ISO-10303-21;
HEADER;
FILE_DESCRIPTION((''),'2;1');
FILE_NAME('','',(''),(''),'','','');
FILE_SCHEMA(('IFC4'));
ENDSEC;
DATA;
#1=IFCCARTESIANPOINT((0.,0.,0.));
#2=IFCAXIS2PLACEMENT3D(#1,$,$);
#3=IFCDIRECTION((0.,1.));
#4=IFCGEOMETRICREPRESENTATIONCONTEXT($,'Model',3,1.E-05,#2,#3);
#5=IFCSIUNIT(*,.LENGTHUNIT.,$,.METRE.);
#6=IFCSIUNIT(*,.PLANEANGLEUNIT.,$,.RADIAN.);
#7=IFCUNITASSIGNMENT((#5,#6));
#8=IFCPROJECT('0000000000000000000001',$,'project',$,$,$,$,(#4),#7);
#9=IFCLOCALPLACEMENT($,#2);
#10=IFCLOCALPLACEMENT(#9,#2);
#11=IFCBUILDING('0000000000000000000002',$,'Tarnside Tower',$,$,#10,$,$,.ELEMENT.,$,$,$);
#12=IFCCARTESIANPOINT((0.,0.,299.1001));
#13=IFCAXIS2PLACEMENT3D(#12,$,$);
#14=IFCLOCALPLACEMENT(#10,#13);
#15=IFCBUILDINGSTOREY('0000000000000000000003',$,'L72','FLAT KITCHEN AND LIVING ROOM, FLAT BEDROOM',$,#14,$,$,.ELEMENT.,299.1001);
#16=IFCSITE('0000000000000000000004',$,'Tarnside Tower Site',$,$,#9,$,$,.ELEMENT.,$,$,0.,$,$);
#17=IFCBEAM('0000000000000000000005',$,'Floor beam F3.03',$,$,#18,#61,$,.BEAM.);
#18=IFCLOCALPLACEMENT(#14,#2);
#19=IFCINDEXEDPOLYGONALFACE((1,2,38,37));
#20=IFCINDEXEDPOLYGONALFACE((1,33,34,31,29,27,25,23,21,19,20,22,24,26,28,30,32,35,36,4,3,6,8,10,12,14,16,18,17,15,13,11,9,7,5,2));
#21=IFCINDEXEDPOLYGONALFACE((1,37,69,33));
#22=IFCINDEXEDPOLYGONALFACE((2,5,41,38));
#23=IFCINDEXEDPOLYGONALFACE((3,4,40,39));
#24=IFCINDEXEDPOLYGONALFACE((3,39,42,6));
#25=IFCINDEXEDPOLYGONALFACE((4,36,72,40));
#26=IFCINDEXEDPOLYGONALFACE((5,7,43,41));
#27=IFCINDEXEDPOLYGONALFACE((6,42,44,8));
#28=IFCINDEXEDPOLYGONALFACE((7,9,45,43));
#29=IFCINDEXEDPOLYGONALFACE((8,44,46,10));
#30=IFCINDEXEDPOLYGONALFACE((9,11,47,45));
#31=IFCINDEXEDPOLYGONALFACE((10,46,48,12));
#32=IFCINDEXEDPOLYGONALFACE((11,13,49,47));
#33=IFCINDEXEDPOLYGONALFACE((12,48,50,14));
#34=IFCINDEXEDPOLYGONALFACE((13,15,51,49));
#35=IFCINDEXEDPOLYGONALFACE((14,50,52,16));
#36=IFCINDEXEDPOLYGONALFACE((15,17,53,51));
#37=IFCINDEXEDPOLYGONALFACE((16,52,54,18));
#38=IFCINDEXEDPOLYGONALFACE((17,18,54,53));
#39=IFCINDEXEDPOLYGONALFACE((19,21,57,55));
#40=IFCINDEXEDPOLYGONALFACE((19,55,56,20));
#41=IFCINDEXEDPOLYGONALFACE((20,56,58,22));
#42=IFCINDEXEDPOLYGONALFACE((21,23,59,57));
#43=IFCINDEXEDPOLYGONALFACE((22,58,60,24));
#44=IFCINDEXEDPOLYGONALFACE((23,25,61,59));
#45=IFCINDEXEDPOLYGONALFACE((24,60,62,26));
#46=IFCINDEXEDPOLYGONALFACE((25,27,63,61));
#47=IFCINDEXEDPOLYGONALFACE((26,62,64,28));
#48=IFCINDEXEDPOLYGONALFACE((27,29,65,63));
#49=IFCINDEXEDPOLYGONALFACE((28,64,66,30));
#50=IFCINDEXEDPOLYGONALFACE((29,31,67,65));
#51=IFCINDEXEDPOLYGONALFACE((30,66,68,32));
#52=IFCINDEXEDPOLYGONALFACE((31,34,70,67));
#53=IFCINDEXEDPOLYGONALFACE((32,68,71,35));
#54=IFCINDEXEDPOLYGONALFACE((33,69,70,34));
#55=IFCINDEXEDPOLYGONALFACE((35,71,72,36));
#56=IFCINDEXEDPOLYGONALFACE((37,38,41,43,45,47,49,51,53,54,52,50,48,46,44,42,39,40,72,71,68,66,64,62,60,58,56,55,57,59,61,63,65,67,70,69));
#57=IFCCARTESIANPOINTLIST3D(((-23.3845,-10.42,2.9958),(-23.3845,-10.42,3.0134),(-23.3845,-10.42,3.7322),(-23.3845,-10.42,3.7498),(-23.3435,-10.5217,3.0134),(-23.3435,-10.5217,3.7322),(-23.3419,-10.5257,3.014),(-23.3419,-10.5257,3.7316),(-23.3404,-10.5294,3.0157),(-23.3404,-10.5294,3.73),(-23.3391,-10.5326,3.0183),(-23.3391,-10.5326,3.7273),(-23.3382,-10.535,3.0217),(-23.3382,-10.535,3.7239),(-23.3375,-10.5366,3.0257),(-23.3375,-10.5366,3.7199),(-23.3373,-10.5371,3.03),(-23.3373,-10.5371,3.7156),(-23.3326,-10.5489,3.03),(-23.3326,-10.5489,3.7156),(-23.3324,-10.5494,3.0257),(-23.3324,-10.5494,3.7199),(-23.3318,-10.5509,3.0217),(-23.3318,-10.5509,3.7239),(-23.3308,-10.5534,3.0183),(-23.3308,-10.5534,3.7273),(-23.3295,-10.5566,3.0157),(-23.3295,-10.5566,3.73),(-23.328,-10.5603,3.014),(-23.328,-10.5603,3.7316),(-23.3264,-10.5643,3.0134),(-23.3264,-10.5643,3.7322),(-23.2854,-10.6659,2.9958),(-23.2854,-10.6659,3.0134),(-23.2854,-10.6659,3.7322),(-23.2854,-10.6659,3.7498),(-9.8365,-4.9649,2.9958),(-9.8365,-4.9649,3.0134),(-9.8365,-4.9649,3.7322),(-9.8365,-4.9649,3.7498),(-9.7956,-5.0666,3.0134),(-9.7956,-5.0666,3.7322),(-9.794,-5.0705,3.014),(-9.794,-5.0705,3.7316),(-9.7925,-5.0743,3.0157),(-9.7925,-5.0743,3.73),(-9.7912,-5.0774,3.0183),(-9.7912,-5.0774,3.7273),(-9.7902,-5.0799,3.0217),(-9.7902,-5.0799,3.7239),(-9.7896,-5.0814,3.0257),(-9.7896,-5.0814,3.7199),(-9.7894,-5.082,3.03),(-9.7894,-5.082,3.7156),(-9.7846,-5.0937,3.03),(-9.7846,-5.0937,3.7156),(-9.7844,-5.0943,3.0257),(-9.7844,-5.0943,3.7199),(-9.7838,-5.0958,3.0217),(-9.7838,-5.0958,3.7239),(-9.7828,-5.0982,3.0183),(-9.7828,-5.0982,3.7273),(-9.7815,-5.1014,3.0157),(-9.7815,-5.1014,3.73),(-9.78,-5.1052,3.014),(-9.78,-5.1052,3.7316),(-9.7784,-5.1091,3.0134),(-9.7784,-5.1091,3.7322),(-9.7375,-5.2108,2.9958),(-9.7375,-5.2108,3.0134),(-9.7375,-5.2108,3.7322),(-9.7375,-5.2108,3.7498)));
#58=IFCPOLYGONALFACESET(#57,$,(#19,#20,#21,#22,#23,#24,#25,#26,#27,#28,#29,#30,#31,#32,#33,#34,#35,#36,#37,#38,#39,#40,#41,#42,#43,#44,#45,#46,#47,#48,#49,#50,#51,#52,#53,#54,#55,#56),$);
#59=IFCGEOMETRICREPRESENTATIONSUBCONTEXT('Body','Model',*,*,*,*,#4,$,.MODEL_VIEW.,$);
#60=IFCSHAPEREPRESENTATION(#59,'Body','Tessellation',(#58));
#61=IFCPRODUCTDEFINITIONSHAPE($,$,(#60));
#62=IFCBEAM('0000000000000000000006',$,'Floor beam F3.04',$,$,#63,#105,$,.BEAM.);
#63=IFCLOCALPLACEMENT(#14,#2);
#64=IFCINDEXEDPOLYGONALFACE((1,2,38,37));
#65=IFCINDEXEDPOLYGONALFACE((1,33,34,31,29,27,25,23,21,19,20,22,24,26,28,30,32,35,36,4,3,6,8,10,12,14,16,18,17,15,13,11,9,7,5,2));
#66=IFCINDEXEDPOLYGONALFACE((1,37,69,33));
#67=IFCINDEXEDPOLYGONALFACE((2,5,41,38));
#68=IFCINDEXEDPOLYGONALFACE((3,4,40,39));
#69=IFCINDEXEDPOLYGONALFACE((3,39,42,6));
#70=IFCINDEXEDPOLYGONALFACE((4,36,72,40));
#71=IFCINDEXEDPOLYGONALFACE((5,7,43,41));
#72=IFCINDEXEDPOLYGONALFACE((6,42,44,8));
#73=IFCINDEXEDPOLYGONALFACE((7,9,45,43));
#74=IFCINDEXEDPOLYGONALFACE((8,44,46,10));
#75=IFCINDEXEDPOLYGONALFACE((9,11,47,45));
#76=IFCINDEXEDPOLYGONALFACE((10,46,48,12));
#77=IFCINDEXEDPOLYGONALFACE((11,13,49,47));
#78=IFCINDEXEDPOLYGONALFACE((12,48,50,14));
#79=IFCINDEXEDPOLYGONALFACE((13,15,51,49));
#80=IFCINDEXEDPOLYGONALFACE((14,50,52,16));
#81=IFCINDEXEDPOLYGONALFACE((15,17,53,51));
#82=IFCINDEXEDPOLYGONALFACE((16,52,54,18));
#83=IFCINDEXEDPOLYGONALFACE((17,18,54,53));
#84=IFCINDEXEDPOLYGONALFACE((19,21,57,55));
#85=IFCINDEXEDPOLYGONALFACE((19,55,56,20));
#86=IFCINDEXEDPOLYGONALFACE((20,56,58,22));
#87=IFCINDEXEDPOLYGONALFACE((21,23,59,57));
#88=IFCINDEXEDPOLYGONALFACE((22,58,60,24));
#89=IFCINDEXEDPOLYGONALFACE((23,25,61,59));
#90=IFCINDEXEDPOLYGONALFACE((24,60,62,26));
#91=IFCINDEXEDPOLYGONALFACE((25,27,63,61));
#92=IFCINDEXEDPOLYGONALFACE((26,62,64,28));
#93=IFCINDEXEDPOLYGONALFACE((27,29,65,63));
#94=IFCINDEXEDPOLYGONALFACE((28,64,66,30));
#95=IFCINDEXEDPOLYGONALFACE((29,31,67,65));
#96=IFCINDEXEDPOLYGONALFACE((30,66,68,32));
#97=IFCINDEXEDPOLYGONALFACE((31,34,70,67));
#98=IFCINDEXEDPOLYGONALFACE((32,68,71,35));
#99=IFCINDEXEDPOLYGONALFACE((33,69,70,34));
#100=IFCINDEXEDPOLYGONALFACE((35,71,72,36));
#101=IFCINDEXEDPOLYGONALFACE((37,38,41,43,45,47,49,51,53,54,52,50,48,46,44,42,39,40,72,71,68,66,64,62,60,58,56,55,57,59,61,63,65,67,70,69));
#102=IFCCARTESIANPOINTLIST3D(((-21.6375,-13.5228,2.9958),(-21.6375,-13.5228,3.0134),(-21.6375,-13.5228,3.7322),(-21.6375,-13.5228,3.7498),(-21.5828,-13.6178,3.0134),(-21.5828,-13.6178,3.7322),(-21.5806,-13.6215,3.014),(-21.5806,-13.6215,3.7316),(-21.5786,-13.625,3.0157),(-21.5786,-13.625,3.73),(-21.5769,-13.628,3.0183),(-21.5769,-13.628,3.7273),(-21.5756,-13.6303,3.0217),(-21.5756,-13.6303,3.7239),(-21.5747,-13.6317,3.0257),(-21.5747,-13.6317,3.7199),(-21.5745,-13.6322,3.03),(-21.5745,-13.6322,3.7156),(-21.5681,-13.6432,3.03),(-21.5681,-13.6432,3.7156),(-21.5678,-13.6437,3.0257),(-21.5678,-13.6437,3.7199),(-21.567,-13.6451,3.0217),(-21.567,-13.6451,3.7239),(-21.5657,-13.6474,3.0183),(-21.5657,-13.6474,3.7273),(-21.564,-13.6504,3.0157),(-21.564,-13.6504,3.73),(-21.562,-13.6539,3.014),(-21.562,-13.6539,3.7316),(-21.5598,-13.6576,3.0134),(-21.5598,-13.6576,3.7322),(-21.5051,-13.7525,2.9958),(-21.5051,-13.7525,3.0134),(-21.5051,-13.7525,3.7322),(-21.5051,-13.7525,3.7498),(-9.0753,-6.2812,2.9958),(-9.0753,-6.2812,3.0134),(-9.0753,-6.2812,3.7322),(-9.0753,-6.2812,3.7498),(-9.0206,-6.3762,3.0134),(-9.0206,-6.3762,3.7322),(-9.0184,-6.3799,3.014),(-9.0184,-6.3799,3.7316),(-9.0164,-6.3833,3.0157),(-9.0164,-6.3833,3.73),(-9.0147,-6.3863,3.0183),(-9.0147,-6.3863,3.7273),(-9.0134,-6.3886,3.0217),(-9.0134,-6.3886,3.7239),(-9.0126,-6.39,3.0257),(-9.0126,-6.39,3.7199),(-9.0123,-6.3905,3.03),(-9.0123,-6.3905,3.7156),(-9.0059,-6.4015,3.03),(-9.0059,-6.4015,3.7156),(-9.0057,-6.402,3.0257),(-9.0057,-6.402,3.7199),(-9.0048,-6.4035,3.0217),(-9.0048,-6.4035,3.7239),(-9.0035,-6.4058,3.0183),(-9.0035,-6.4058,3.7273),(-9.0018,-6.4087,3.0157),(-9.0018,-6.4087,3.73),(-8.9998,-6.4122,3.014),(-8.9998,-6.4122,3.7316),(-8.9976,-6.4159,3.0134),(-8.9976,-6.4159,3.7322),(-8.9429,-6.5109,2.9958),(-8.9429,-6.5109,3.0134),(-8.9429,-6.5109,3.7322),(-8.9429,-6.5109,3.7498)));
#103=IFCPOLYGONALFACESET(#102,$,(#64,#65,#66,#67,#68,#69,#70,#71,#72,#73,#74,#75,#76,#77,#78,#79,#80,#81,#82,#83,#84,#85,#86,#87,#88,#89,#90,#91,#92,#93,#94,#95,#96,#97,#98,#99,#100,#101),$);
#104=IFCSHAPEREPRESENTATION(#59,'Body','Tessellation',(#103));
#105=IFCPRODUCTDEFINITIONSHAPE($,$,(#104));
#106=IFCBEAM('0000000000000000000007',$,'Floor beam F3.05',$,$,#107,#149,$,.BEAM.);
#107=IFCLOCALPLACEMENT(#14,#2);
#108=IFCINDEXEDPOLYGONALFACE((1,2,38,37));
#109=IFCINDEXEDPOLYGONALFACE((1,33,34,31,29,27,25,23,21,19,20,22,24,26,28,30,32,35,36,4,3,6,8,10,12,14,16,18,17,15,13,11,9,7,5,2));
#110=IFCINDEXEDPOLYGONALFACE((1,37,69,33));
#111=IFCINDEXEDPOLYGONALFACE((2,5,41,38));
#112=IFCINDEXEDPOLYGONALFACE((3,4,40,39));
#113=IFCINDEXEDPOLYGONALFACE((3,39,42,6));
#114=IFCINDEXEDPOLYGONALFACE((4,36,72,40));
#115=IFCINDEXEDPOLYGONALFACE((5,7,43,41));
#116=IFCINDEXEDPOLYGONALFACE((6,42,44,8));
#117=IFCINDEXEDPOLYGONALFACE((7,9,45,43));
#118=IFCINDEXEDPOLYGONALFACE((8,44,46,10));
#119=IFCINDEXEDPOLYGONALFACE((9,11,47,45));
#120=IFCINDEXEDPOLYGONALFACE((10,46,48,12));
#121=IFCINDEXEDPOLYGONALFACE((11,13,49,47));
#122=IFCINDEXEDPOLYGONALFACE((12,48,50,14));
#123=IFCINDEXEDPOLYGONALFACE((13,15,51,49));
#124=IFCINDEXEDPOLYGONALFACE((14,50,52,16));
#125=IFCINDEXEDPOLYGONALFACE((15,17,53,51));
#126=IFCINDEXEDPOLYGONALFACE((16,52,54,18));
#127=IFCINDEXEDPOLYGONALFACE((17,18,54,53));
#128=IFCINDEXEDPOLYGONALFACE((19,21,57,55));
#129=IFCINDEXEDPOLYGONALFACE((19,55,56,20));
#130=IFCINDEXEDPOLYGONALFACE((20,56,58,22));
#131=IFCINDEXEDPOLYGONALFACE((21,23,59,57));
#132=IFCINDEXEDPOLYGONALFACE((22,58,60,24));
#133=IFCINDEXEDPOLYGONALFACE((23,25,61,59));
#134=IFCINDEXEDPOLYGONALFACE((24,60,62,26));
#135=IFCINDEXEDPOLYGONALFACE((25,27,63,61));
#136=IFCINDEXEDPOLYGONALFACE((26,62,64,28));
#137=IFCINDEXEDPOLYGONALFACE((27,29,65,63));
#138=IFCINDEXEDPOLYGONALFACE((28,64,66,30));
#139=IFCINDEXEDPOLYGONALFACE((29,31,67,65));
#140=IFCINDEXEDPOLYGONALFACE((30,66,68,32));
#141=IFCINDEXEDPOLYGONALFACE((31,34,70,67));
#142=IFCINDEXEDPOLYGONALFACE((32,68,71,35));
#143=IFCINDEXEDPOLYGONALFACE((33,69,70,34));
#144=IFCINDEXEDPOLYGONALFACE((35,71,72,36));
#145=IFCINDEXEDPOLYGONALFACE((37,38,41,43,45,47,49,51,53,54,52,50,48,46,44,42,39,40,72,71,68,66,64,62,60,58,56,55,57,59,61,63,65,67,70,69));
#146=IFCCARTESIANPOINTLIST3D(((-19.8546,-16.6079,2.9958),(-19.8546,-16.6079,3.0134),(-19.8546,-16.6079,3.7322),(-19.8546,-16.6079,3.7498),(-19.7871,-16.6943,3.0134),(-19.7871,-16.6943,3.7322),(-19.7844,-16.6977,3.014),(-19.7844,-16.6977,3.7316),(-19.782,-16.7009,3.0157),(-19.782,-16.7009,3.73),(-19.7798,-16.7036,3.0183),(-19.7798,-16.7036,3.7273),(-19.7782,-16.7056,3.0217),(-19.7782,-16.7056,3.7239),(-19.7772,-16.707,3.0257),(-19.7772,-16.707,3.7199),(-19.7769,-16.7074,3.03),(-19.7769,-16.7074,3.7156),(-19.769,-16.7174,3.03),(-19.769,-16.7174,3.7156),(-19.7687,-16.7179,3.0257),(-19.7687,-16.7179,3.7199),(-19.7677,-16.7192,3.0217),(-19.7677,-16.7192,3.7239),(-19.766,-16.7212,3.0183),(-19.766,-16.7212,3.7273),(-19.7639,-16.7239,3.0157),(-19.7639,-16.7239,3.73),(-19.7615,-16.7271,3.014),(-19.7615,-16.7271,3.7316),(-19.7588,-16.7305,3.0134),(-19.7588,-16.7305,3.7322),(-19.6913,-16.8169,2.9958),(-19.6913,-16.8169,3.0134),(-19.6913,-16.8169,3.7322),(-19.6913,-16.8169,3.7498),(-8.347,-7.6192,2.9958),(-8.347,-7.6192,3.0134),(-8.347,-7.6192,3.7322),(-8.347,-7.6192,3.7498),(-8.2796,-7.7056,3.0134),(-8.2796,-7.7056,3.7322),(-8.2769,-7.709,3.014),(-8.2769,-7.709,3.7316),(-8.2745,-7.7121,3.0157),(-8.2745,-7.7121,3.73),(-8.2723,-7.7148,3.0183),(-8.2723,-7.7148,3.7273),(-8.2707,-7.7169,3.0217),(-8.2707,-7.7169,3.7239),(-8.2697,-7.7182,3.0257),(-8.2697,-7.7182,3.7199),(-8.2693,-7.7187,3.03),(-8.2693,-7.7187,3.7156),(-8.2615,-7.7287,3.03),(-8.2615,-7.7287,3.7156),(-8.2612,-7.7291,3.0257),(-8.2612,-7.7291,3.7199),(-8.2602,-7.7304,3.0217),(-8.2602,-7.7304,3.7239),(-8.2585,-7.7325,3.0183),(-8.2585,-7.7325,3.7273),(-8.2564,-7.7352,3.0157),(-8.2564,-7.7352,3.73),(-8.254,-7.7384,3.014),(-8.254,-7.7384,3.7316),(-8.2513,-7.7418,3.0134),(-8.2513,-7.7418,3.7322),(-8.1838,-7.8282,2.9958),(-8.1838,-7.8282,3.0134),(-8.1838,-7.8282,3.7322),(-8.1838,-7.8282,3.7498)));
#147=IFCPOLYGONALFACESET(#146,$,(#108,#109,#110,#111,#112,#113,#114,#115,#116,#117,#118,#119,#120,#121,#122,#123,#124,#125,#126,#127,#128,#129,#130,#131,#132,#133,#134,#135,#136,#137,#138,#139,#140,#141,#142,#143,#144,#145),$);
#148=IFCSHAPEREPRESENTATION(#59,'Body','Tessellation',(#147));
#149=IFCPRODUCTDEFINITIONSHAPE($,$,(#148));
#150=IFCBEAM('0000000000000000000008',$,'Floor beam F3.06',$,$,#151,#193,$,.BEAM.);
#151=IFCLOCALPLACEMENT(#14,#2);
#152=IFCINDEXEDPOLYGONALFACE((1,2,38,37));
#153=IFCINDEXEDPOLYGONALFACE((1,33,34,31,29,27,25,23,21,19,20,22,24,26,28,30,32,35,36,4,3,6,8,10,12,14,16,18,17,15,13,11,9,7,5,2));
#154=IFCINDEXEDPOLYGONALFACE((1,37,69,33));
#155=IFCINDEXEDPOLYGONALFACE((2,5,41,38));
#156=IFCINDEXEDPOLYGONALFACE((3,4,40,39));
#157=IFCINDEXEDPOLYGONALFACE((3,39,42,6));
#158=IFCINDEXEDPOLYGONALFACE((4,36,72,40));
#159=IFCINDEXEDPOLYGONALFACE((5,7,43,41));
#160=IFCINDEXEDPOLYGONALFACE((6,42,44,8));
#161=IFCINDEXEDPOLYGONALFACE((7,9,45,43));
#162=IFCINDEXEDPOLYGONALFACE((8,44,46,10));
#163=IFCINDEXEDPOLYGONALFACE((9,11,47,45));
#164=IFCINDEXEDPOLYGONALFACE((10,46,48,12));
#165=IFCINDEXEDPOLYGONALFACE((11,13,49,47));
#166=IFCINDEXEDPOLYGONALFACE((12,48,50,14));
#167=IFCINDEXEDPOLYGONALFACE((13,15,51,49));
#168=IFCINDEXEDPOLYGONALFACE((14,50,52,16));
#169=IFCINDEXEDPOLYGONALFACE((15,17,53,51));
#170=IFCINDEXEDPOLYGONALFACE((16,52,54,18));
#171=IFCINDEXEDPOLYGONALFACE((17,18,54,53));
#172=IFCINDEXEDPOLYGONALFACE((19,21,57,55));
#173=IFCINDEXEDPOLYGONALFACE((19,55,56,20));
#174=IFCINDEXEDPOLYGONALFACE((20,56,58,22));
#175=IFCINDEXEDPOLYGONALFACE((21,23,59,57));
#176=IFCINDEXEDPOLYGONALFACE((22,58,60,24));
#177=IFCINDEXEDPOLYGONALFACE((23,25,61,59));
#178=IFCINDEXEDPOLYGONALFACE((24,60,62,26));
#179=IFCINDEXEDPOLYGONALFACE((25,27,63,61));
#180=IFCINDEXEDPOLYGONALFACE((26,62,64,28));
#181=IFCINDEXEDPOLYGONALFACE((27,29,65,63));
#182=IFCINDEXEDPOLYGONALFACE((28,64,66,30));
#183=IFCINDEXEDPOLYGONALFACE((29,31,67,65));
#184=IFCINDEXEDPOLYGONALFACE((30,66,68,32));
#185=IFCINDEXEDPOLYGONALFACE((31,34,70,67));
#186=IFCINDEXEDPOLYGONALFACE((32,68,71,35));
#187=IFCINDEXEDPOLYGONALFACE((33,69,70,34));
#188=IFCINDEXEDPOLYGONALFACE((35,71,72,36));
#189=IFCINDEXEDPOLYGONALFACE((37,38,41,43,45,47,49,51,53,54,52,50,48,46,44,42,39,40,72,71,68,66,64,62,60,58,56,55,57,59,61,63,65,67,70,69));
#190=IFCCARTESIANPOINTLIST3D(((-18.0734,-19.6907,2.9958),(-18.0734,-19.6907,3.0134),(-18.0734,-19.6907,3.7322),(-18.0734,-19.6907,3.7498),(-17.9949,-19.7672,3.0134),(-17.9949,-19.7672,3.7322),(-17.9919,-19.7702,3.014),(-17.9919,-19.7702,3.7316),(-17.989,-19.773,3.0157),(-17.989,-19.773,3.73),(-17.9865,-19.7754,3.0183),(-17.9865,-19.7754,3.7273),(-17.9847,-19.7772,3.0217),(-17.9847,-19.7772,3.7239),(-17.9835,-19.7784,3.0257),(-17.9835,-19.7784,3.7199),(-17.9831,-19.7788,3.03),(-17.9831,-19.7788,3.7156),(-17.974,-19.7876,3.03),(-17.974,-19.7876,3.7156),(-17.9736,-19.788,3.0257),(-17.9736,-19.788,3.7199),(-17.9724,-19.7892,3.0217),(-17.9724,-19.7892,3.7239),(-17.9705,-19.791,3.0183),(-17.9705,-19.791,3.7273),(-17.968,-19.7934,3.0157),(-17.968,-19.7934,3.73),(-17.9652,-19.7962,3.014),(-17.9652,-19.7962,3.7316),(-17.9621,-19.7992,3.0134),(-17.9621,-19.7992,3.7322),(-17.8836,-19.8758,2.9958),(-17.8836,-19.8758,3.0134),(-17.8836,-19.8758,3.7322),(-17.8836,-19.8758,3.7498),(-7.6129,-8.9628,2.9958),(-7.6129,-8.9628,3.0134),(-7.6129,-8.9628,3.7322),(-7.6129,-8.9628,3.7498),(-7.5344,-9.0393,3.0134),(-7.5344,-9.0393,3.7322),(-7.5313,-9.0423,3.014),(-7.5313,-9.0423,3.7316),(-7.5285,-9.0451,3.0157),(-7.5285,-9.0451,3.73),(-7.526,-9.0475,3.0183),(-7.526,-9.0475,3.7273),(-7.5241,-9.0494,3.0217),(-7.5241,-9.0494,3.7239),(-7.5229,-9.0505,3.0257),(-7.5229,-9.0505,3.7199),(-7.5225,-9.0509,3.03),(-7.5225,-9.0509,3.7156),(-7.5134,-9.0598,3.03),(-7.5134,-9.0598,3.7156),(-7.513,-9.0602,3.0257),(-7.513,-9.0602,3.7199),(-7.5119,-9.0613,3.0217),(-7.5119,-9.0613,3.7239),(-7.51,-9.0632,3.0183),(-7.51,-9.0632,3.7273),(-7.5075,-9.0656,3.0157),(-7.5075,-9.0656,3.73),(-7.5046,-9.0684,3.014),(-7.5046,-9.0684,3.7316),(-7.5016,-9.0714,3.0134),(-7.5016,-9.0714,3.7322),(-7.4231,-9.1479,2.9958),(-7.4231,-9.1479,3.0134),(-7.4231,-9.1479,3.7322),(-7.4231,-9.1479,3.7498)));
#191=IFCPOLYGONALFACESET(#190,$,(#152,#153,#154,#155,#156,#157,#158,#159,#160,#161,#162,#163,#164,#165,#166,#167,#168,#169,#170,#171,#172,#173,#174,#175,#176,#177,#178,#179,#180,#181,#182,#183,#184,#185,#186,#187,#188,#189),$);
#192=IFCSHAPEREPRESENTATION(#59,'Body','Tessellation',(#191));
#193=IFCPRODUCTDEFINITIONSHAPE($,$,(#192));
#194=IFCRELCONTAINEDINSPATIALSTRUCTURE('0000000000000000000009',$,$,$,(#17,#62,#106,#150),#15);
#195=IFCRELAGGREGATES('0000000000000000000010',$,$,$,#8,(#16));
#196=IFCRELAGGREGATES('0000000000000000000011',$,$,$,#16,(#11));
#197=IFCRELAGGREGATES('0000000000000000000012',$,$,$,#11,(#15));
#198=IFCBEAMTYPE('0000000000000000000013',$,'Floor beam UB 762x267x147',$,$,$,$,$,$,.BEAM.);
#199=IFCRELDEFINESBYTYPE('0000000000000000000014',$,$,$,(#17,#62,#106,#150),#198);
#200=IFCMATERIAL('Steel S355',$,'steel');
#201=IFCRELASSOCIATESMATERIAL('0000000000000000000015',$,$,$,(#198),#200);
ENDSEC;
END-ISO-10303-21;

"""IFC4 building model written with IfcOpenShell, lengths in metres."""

from ifc_helpers import new_model, si_unit, direction, frame, origin, origin_2d, place, context, subcontext, project, spatial, i_section, extrude, material, material_profile, profile_set, type_object, element, save


model = new_model("IFC4")

# Units and contexts
model_context = context("Model", 3, precision=1e-05, world=origin(), true_north=direction((0.0, 1.0)))
body_context = subcontext(model_context, "Body", "Model", "MODEL_VIEW")
ifc_project = project(units=[si_unit("LENGTHUNIT", "METRE"), si_unit("PLANEANGLEUNIT", "RADIAN")], contexts=[model_context])

# Site, building, storey
site_placement = place(None, origin())
site = spatial("IfcSite", under=ifc_project, at=site_placement, Name="Tarnside Tower Site", CompositionType="ELEMENT", RefElevation=0.0)
building_placement = place(site_placement, origin())
building = spatial("IfcBuilding", under=site, at=building_placement, Name="Tarnside Tower", CompositionType="ELEMENT")
storey_placement = place(building_placement, frame((0.0, 0.0, 299.1001)))
storey = spatial("IfcBuildingStorey", under=building, at=storey_placement, Name="L72", Description="FLAT KITCHEN AND LIVING ROOM, FLAT BEDROOM", CompositionType="ELEMENT", Elevation=299.1001)

# Beams
ifc_material_1 = material(Name="Steel S355", Category="steel")
ifc_material_profile_1 = material_profile(ifc_material_1, i_section(OverallWidth=0.2651, OverallDepth=0.7539, WebThickness=0.0127, FlangeThickness=0.0176, FilletRadius=0.0166, at=origin_2d()), Name="UB 762x267x147")
ifc_profile_set_1 = profile_set([ifc_material_profile_1], Name="Steel S355")
beam_type_1 = type_object("IfcBeamType", Name="Floor beam UB 762x267x147", PredefinedType="BEAM", material=ifc_profile_set_1)
beam_1_placement = place(storey_placement, frame((-23.335, -10.543, 3.3728), z_axis=(0.927626, 0.373511, 0.0), x_axis=(-0.373511, 0.927626, 0.0)))
element("IfcBeam", 1, at=beam_1_placement, inside=storey, type_object=beam_type_1, Name="Floor beam F3.03", PredefinedType="BEAM", context=body_context, shape_type="SweptSolid", body=[
    extrude(i_section(OverallWidth=0.2651, OverallDepth=0.7539, WebThickness=0.0127, FlangeThickness=0.0176, FilletRadius=0.0166, at=origin_2d()), origin(), (0.0, 0.0, 1.0), 14.605),
])
beam_2_placement = place(storey_placement, frame((-21.5713, -13.6377, 3.3728), z_axis=(0.866357, 0.499425, 0.0), x_axis=(-0.499425, 0.866357, 0.0)))
element("IfcBeam", 2, at=beam_2_placement, inside=storey, type_object=beam_type_1, Name="Floor beam F3.04", PredefinedType="BEAM", context=body_context, shape_type="SweptSolid", body=[
    extrude(i_section(OverallWidth=0.2651, OverallDepth=0.7539, WebThickness=0.0127, FlangeThickness=0.0176, FilletRadius=0.0166, at=origin_2d()), origin(), (0.0, 0.0, 1.0), 14.5),
])
beam_3_placement = place(storey_placement, frame((-19.7729, -16.7124, 3.3728), z_axis=(0.788075, 0.615579, 0.0), x_axis=(-0.615579, 0.788075, 0.0)))
element("IfcBeam", 3, at=beam_3_placement, inside=storey, type_object=beam_type_1, Name="Floor beam F3.05", PredefinedType="BEAM", context=body_context, shape_type="SweptSolid", body=[
    extrude(i_section(OverallWidth=0.2651, OverallDepth=0.7539, WebThickness=0.0127, FlangeThickness=0.0176, FilletRadius=0.0166, at=origin_2d()), origin(), (0.0, 0.0, 1.0), 14.6021),
])
beam_4_placement = place(storey_placement, frame((-17.9785, -19.7832, 3.3728), z_axis=(0.69813, 0.715971, 0.0), x_axis=(-0.715971, 0.69813, 0.0)))
element("IfcBeam", 4, at=beam_4_placement, inside=storey, type_object=beam_type_1, Name="Floor beam F3.06", PredefinedType="BEAM", context=body_context, shape_type="SweptSolid", body=[
    extrude(i_section(OverallWidth=0.2651, OverallDepth=0.7539, WebThickness=0.0127, FlangeThickness=0.0176, FilletRadius=0.0166, at=origin_2d()), origin(), (0.0, 0.0, 1.0), 14.9836),
])

save(model, "model.ifc")
